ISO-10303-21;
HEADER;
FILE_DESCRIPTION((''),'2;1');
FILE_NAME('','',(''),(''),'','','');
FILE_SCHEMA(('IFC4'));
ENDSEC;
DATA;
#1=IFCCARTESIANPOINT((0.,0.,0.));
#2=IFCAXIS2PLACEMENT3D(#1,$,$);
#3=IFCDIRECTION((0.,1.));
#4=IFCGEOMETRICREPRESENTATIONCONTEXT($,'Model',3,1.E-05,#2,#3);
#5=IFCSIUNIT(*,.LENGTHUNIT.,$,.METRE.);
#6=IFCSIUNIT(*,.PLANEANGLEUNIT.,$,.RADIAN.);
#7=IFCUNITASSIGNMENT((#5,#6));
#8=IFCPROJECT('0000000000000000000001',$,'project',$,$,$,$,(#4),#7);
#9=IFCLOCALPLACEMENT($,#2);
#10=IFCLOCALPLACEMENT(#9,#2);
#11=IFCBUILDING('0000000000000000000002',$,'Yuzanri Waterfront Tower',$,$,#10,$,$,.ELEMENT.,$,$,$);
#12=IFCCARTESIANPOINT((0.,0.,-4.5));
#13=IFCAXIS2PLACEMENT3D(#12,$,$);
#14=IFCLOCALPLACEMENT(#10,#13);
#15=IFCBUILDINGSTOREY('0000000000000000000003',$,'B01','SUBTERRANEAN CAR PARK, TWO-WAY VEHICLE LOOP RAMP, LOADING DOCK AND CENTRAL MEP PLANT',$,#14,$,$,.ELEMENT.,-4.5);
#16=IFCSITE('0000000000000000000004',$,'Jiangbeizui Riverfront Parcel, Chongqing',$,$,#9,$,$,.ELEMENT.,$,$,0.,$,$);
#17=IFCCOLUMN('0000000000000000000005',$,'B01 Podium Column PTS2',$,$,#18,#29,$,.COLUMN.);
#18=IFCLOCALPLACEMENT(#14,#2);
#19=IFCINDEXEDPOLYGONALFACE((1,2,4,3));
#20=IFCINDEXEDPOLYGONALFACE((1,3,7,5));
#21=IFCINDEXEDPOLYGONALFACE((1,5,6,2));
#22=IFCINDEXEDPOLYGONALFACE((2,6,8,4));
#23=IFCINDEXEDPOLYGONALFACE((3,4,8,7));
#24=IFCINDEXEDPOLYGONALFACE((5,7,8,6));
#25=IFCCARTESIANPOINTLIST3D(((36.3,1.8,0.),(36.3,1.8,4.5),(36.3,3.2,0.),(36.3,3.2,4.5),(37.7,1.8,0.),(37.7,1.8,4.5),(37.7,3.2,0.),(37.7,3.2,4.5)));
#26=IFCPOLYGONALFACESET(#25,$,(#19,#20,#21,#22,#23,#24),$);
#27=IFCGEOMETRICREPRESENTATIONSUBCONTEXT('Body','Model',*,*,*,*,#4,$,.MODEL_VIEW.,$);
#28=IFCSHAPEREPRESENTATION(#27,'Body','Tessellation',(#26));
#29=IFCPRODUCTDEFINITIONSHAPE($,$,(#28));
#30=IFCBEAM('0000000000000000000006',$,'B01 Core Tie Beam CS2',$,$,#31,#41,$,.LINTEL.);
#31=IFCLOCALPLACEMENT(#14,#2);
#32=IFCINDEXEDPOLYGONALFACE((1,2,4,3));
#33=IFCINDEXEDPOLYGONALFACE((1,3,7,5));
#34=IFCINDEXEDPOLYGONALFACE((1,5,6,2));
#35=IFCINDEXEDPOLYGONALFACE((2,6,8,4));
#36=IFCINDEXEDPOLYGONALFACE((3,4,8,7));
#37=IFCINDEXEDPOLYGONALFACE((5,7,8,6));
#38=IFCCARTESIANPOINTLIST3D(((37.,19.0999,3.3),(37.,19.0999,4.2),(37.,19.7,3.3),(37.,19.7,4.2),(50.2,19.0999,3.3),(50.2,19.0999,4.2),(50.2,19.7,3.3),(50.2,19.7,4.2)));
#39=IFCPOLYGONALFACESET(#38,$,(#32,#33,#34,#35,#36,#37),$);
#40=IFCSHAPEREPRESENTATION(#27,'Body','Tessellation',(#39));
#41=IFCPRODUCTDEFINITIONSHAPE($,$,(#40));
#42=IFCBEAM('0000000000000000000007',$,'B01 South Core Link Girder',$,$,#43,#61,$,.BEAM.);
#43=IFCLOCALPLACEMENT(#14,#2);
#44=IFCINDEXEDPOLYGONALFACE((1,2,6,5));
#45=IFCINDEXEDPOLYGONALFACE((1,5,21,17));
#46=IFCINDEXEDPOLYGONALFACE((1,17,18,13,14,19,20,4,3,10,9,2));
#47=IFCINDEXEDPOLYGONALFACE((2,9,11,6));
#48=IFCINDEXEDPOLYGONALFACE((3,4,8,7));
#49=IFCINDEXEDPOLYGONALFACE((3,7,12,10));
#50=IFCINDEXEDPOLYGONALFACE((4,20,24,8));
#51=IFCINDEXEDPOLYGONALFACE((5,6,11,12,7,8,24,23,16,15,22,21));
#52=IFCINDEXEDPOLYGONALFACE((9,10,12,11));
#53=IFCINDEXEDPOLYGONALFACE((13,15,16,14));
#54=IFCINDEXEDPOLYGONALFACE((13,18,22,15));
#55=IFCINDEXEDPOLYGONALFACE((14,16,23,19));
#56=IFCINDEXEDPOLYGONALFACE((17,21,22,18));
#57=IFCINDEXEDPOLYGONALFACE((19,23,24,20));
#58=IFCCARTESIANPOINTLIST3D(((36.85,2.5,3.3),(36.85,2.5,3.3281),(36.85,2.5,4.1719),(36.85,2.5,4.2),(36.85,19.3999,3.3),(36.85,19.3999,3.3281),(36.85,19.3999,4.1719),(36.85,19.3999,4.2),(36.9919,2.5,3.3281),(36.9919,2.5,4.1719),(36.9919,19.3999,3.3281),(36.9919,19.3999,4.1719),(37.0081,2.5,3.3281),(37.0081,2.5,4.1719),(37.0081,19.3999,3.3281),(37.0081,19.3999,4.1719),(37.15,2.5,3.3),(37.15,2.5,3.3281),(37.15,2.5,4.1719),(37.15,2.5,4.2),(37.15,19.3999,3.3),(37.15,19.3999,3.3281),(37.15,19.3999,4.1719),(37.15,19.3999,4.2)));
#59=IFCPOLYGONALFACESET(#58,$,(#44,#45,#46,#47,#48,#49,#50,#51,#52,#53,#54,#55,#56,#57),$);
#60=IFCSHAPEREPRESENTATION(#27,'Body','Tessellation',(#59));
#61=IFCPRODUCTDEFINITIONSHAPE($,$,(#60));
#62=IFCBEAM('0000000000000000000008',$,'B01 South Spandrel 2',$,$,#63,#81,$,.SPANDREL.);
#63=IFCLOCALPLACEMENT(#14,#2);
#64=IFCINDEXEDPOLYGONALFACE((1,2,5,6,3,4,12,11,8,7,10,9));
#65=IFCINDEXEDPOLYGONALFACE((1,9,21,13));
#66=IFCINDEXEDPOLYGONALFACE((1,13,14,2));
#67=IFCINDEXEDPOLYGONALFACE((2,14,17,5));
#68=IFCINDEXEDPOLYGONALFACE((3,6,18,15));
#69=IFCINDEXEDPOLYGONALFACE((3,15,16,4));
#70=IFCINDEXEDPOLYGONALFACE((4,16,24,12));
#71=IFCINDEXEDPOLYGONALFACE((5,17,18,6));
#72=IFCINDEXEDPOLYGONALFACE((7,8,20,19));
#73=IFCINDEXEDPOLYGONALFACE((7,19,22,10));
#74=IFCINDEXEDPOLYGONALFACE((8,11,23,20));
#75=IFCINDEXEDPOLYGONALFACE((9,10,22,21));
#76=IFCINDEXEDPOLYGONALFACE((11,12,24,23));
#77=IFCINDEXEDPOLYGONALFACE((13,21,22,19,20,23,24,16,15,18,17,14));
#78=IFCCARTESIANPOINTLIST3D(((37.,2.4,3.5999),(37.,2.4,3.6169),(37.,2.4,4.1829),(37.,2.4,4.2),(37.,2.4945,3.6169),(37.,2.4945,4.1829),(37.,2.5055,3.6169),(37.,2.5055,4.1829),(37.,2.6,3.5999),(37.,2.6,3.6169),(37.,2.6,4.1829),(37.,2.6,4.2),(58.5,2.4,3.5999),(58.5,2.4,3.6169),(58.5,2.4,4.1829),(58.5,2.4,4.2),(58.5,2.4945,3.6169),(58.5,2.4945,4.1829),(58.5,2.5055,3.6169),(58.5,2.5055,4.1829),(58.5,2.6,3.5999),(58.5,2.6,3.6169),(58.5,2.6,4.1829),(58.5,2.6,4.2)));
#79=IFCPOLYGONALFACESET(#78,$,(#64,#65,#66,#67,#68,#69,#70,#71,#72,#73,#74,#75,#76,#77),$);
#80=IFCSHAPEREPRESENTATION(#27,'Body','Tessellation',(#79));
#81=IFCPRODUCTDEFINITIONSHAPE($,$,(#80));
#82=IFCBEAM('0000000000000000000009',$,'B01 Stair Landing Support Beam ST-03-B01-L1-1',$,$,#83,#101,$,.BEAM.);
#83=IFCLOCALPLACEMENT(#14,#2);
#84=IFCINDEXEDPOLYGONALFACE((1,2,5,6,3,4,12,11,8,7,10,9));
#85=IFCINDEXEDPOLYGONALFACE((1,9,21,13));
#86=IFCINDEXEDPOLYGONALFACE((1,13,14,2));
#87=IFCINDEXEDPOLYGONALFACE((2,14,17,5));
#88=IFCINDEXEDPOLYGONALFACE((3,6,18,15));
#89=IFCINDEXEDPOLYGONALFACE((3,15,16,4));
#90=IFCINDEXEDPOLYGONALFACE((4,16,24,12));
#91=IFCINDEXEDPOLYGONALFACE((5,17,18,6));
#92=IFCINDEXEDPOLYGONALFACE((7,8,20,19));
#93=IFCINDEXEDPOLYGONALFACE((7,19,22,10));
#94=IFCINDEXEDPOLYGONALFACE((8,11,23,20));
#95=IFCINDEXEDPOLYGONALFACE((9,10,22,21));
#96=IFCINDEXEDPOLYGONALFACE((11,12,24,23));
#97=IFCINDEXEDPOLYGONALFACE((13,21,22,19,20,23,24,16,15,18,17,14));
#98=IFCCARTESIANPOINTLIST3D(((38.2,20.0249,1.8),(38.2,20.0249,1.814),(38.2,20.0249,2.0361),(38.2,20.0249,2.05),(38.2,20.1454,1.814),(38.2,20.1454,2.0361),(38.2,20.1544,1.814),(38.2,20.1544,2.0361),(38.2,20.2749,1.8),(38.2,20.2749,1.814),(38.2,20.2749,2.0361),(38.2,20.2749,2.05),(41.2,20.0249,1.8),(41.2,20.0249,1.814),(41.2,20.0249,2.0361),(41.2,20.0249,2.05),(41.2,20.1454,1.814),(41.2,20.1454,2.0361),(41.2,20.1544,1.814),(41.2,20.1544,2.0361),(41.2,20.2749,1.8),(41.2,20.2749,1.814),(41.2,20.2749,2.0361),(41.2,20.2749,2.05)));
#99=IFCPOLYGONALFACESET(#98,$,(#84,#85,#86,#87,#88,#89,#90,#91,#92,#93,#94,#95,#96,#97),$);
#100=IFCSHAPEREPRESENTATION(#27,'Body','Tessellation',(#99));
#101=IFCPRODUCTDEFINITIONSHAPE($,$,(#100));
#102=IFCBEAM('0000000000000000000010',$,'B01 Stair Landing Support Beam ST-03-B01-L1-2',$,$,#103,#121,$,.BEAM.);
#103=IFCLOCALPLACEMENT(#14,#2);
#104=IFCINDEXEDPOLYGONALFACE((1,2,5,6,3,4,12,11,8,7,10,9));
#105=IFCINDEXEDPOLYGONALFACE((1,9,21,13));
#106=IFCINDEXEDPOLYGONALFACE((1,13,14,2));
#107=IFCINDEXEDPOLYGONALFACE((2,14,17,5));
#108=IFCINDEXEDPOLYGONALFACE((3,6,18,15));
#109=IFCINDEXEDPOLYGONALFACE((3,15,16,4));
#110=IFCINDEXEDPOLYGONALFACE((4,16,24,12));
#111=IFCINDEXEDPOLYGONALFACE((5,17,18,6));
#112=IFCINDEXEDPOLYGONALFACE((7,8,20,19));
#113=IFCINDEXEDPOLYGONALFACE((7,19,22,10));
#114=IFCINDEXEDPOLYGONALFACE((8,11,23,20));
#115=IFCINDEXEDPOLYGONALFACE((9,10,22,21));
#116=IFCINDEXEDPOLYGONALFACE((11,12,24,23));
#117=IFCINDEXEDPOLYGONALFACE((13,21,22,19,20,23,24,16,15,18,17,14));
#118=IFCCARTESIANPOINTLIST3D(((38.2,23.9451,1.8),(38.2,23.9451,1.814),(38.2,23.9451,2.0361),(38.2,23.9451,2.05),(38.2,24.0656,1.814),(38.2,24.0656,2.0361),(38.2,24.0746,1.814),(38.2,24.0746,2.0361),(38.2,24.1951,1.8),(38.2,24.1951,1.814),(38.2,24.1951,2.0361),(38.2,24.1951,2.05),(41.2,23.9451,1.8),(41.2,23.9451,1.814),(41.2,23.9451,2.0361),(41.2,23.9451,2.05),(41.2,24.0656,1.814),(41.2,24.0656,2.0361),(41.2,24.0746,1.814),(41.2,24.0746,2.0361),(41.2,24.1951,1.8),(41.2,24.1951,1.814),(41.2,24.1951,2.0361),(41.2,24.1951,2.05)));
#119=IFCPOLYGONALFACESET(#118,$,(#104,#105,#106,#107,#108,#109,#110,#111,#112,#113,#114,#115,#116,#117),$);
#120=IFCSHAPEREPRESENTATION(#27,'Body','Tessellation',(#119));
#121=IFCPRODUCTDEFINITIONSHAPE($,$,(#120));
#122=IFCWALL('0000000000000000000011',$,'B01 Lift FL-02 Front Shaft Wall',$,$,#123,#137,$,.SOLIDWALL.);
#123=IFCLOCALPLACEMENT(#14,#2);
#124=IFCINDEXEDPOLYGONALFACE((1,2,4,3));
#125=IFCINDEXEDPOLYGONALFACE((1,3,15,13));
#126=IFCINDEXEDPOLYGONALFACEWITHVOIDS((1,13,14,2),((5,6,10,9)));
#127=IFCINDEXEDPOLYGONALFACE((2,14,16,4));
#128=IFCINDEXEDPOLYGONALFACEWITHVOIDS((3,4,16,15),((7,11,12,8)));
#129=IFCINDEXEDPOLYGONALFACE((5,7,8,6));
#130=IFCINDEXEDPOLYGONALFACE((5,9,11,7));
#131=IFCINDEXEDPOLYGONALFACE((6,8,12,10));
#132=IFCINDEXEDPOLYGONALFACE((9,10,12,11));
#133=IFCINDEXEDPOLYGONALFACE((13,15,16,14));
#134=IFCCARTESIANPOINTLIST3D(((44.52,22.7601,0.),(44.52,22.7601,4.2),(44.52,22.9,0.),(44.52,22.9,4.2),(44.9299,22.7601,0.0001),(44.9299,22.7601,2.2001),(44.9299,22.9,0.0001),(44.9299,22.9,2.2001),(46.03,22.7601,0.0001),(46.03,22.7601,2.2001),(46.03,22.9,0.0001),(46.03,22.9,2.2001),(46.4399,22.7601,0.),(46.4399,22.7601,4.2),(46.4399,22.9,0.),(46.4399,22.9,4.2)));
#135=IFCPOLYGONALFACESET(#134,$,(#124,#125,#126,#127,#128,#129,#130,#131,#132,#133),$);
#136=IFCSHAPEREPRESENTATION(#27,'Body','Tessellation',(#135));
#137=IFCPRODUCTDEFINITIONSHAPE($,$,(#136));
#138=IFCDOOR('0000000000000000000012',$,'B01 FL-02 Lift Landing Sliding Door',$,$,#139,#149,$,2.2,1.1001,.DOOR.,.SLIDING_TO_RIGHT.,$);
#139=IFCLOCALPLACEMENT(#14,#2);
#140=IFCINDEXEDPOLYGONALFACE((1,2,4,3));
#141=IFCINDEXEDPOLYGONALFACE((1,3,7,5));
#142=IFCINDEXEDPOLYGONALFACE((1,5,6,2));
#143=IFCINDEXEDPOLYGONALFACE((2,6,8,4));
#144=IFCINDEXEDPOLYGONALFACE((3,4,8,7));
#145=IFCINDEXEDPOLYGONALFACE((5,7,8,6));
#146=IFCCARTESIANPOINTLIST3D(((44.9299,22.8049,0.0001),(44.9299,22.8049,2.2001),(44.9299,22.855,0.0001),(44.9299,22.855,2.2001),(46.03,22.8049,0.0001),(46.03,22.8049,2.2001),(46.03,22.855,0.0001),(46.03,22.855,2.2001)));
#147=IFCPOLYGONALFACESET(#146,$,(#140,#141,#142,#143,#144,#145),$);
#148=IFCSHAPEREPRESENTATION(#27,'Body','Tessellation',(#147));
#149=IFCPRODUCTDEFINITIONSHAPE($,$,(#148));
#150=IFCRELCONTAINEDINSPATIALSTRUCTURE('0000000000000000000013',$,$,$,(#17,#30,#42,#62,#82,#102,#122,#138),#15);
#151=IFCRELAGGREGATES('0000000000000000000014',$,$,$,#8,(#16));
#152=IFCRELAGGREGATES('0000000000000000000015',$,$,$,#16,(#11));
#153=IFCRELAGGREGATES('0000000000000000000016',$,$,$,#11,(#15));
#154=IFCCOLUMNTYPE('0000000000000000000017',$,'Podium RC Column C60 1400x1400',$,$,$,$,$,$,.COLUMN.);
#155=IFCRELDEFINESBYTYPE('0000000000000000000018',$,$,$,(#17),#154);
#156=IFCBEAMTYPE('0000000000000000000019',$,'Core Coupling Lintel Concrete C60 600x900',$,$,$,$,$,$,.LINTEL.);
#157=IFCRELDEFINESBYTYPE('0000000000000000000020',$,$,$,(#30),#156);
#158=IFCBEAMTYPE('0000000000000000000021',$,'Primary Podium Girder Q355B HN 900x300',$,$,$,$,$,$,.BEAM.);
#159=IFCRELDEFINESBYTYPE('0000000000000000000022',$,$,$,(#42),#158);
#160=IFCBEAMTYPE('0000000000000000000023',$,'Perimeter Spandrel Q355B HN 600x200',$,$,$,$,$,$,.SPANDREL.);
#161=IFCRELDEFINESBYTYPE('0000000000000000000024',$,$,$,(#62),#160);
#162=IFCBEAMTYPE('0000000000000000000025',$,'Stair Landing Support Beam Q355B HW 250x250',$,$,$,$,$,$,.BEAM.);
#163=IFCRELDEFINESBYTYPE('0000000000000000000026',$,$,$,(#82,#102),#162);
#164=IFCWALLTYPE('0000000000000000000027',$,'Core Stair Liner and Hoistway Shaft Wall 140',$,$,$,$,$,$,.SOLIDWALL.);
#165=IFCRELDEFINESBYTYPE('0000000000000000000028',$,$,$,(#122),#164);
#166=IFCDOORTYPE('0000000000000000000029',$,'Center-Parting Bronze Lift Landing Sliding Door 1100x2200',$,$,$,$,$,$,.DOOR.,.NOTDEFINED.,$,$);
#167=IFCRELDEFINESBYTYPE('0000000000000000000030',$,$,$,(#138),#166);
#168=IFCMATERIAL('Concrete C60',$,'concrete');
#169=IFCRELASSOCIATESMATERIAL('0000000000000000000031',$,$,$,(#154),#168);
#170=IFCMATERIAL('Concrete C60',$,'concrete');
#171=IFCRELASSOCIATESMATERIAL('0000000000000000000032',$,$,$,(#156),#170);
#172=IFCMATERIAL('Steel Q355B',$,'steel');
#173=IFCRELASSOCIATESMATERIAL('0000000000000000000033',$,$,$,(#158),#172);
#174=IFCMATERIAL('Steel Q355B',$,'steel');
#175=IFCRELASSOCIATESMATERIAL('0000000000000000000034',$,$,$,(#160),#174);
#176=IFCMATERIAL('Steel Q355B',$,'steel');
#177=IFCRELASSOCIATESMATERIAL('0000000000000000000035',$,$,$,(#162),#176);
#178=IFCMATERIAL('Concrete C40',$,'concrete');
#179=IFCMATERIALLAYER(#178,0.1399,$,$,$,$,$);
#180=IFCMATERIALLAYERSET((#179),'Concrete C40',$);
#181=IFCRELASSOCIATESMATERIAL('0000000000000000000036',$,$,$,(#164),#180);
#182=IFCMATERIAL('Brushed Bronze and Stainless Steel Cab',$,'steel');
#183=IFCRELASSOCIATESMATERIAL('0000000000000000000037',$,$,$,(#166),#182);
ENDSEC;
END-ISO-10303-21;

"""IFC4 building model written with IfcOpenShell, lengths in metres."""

from ifc_helpers import new_model, si_unit, direction, frame, frame_2d, origin, origin_2d, place, context, subcontext, project, spatial, rectangle, i_section, extrude, source, transform, mapped, material, layer, layer_set, material_profile, profile_set, type_object, element, fill, save


model = new_model("IFC4")

# Units and contexts
model_context = context("Model", 3, precision=1e-05, world=origin(), true_north=direction((0.0, 1.0)))
body_context = subcontext(model_context, "Body", "Model", "MODEL_VIEW")
ifc_project = project(units=[si_unit("LENGTHUNIT", "METRE"), si_unit("PLANEANGLEUNIT", "RADIAN")], contexts=[model_context])

# Site, building, storey
site_placement = place(None, origin())
site = spatial("IfcSite", under=ifc_project, at=site_placement, Name="Jiangbeizui Riverfront Parcel, Chongqing", CompositionType="ELEMENT", RefElevation=0.0)
building_placement = place(site_placement, origin())
building = spatial("IfcBuilding", under=site, at=building_placement, Name="Yuzanri Waterfront Tower", CompositionType="ELEMENT")
storey_placement = place(building_placement, frame((0.0, 0.0, -4.5)))
storey = spatial("IfcBuildingStorey", under=building, at=storey_placement, Name="B01", Description="SUBTERRANEAN CAR PARK, TWO-WAY VEHICLE LOOP RAMP, LOADING DOCK AND CENTRAL MEP PLANT", CompositionType="ELEMENT", Elevation=-4.5)

# Column
ifc_material_1 = material(Name="Concrete C60", Category="concrete")
ifc_material_profile_1 = material_profile(ifc_material_1, rectangle(XDim=1.3999, YDim=1.3999, at=origin_2d()), Name="RC 1400x1400")
ifc_profile_set_1 = profile_set([ifc_material_profile_1], Name="Concrete C60")
column_type = type_object("IfcColumnType", Name="Podium RC Column C60 1400x1400", PredefinedType="COLUMN", material=ifc_profile_set_1)
shared_shape_1 = source(origin(), body_context, "Body", "SweptSolid", [
    extrude(rectangle(XDim=1.3999, YDim=1.3999, at=origin_2d()), origin(), (0.0, 0.0, 1.0), 4.5),
])
column_placement = place(storey_placement, frame((37.0, 2.5, 0.0), z_axis=(0.0, 0.0, 1.0), x_axis=(1.0, 0.0, 0.0)))
element("IfcColumn", 1, at=column_placement, inside=storey, type_object=column_type, Name="B01 Podium Column PTS2", PredefinedType="COLUMN", context=body_context, shape_type="MappedRepresentation", body=[
    mapped(shared_shape_1, transform((0.0, 0.0, 0.0), scale=1.0)),
])

# Beams
ifc_material_2 = material(Name="Concrete C60", Category="concrete")
ifc_material_profile_2 = material_profile(ifc_material_2, rectangle(XDim=0.6001, YDim=0.8999, at=origin_2d()), Name="RC 600x900")
ifc_profile_set_2 = profile_set([ifc_material_profile_2], Name="Concrete C60")
beam_type_1 = type_object("IfcBeamType", Name="Core Coupling Lintel Concrete C60 600x900", PredefinedType="LINTEL", material=ifc_profile_set_2)
shared_shape_2 = source(origin(), body_context, "Body", "SweptSolid", [
    extrude(rectangle(XDim=0.6001, YDim=0.8999, at=origin_2d()), origin(), (0.0, 0.0, 1.0), 13.2),
])
beam_1_placement = place(storey_placement, frame((37.0, 19.3999, 3.75), z_axis=(1.0, 0.0, 0.0), x_axis=(0.0, 1.0, 0.0)))
element("IfcBeam", 2, at=beam_1_placement, inside=storey, type_object=beam_type_1, Name="B01 Core Tie Beam CS2", PredefinedType="LINTEL", context=body_context, shape_type="MappedRepresentation", body=[
    mapped(shared_shape_2, transform((0.0, 0.0, 0.0), scale=1.0)),
])
ifc_material_3 = material(Name="Steel Q355B", Category="steel")
ifc_material_profile_3 = material_profile(ifc_material_3, i_section(OverallWidth=0.3, OverallDepth=0.8999, WebThickness=0.0161, FlangeThickness=0.0281, at=origin_2d()), Name="HN 900x300x16x28")
ifc_profile_set_3 = profile_set([ifc_material_profile_3], Name="Steel Q355B")
beam_type_2 = type_object("IfcBeamType", Name="Primary Podium Girder Q355B HN 900x300", PredefinedType="BEAM", material=ifc_profile_set_3)
shared_shape_3 = source(origin(), body_context, "Body", "SweptSolid", [
    extrude(i_section(OverallWidth=0.3, OverallDepth=0.8999, WebThickness=0.0161, FlangeThickness=0.0281, at=origin_2d()), origin(), (0.0, 0.0, 1.0), 16.8999),
])
beam_2_placement = place(storey_placement, frame((37.0, 2.5, 3.75), z_axis=(0.0, 1.0, 0.0), x_axis=(-1.0, 0.0, 0.0)))
element("IfcBeam", 3, at=beam_2_placement, inside=storey, type_object=beam_type_2, Name="B01 South Core Link Girder", PredefinedType="BEAM", context=body_context, shape_type="MappedRepresentation", body=[
    mapped(shared_shape_3, transform((0.0, 0.0, 0.0), scale=1.0)),
])
ifc_material_4 = material(Name="Steel Q355B", Category="steel")
ifc_material_profile_4 = material_profile(ifc_material_4, i_section(OverallWidth=0.2, OverallDepth=0.6001, WebThickness=0.011, FlangeThickness=0.0171, at=origin_2d()), Name="HN 600x200x11x17")
ifc_profile_set_4 = profile_set([ifc_material_profile_4], Name="Steel Q355B")
beam_type_3 = type_object("IfcBeamType", Name="Perimeter Spandrel Q355B HN 600x200", PredefinedType="SPANDREL", material=ifc_profile_set_4)
shared_shape_4 = source(origin(), body_context, "Body", "SweptSolid", [
    extrude(i_section(OverallWidth=0.2, OverallDepth=0.6001, WebThickness=0.011, FlangeThickness=0.0171, at=origin_2d()), origin(), (0.0, 0.0, 1.0), 21.5),
])
beam_3_placement = place(storey_placement, frame((37.0, 2.5, 3.8999), z_axis=(1.0, 0.0, 0.0), x_axis=(0.0, 1.0, 0.0)))
element("IfcBeam", 4, at=beam_3_placement, inside=storey, type_object=beam_type_3, Name="B01 South Spandrel 2", PredefinedType="SPANDREL", context=body_context, shape_type="MappedRepresentation", body=[
    mapped(shared_shape_4, transform((0.0, 0.0, 0.0), scale=1.0)),
])
ifc_material_5 = material(Name="Steel Q355B", Category="steel")
ifc_material_profile_5 = material_profile(ifc_material_5, i_section(OverallWidth=0.25, OverallDepth=0.25, WebThickness=0.009, FlangeThickness=0.0139, at=origin_2d()), Name="HW 250x250x9x14")
ifc_profile_set_5 = profile_set([ifc_material_profile_5], Name="Steel Q355B")
beam_type_4 = type_object("IfcBeamType", Name="Stair Landing Support Beam Q355B HW 250x250", PredefinedType="BEAM", material=ifc_profile_set_5)
shared_shape_5 = source(origin(), body_context, "Body", "SweptSolid", [
    extrude(i_section(OverallWidth=0.25, OverallDepth=0.25, WebThickness=0.009, FlangeThickness=0.0139, at=origin_2d()), origin(), (0.0, 0.0, 1.0), 3.0),
])
for number, where, z_axis, x_axis, name in (
    (5, (38.2, 20.1499, 1.925), (1.0, 0.0, 0.0), (0.0, 1.0, 0.0), "B01 Stair Landing Support Beam ST-03-B01-L1-1"),
    (6, (38.2, 24.0701, 1.925), (1.0, 0.0, 0.0), (0.0, 1.0, 0.0), "B01 Stair Landing Support Beam ST-03-B01-L1-2"),
):
    element("IfcBeam", number, at=place(storey_placement, frame(where, z_axis=z_axis, x_axis=x_axis)), inside=storey, type_object=beam_type_4, Name=name, PredefinedType="BEAM", context=body_context, shape_type="MappedRepresentation", body=[
        mapped(shared_shape_5, transform((0.0, 0.0, 0.0), scale=1.0)),
    ])

# Wall, opening, door
ifc_material_6 = material(Name="Concrete C40", Category="concrete")
ifc_layer_1 = layer(ifc_material_6, 0.1399)
ifc_layer_set_1 = layer_set([ifc_layer_1], Name="Concrete C40")
wall_type_1 = type_object("IfcWallType", Name="Core Stair Liner and Hoistway Shaft Wall 140", PredefinedType="SOLIDWALL", material=ifc_layer_set_1)
wall_1_placement = place(storey_placement, frame((44.52, 22.8301, 0.0), z_axis=(0.0, 0.0, 1.0), x_axis=(1.0, 0.0, 0.0)))
wall_1 = element("IfcWall", 7, at=wall_1_placement, inside=storey, type_object=wall_type_1, Name="B01 Lift FL-02 Front Shaft Wall", PredefinedType="SOLIDWALL", context=body_context, shape_type="SweptSolid", body=[
    extrude(rectangle(XDim=1.9199, YDim=0.1399, at=frame_2d((0.96, 0.0))), origin(), (0.0, 0.0, 1.0), 4.2),
])
opening_1_placement = place(wall_1_placement, frame((0.4099, 0.0, 0.0)))
opening_1 = element("IfcOpeningElement", 8, at=opening_1_placement, cuts=wall_1, PredefinedType="OPENING", context=body_context, shape_type="SweptSolid", body=[
    extrude(rectangle(XDim=1.1001, YDim=2.2, at=frame_2d((0.55, 1.1001))), frame((0.0, 0.085, 0.0), z_axis=(0.0, -1.0, 0.0), x_axis=(1.0, 0.0, 0.0)), (0.0, 0.0, 1.0), 0.1697),
])
ifc_material_7 = material(Name="Brushed Bronze and Stainless Steel Cab", Category="steel")
door_type_1 = type_object("IfcDoorType", Name="Center-Parting Bronze Lift Landing Sliding Door 1100x2200", OperationType="NOTDEFINED", PredefinedType="DOOR", material=ifc_material_7)
shared_shape_6 = source(origin(), body_context, "Body", "SweptSolid", [
    extrude(rectangle(XDim=1.1001, YDim=2.2, at=frame_2d((0.55, 1.1001))), frame((0.0, 0.0249, 0.0), z_axis=(0.0, -1.0, 0.0), x_axis=(1.0, 0.0, 0.0)), (0.0, 0.0, 1.0), 0.05),
])
door_1_placement = place(opening_1_placement, origin())
door_1 = element("IfcDoor", 9, at=door_1_placement, inside=storey, type_object=door_type_1, Name="B01 FL-02 Lift Landing Sliding Door", OperationType="SLIDING_TO_RIGHT", OverallHeight=2.2, OverallWidth=1.1001, PredefinedType="DOOR", context=body_context, shape_type="MappedRepresentation", body=[
    mapped(shared_shape_6, transform((0.0, 0.0, 0.0), scale=1.0)),
])
fill(opening_1, door_1)

save(model, "model.ifc")
